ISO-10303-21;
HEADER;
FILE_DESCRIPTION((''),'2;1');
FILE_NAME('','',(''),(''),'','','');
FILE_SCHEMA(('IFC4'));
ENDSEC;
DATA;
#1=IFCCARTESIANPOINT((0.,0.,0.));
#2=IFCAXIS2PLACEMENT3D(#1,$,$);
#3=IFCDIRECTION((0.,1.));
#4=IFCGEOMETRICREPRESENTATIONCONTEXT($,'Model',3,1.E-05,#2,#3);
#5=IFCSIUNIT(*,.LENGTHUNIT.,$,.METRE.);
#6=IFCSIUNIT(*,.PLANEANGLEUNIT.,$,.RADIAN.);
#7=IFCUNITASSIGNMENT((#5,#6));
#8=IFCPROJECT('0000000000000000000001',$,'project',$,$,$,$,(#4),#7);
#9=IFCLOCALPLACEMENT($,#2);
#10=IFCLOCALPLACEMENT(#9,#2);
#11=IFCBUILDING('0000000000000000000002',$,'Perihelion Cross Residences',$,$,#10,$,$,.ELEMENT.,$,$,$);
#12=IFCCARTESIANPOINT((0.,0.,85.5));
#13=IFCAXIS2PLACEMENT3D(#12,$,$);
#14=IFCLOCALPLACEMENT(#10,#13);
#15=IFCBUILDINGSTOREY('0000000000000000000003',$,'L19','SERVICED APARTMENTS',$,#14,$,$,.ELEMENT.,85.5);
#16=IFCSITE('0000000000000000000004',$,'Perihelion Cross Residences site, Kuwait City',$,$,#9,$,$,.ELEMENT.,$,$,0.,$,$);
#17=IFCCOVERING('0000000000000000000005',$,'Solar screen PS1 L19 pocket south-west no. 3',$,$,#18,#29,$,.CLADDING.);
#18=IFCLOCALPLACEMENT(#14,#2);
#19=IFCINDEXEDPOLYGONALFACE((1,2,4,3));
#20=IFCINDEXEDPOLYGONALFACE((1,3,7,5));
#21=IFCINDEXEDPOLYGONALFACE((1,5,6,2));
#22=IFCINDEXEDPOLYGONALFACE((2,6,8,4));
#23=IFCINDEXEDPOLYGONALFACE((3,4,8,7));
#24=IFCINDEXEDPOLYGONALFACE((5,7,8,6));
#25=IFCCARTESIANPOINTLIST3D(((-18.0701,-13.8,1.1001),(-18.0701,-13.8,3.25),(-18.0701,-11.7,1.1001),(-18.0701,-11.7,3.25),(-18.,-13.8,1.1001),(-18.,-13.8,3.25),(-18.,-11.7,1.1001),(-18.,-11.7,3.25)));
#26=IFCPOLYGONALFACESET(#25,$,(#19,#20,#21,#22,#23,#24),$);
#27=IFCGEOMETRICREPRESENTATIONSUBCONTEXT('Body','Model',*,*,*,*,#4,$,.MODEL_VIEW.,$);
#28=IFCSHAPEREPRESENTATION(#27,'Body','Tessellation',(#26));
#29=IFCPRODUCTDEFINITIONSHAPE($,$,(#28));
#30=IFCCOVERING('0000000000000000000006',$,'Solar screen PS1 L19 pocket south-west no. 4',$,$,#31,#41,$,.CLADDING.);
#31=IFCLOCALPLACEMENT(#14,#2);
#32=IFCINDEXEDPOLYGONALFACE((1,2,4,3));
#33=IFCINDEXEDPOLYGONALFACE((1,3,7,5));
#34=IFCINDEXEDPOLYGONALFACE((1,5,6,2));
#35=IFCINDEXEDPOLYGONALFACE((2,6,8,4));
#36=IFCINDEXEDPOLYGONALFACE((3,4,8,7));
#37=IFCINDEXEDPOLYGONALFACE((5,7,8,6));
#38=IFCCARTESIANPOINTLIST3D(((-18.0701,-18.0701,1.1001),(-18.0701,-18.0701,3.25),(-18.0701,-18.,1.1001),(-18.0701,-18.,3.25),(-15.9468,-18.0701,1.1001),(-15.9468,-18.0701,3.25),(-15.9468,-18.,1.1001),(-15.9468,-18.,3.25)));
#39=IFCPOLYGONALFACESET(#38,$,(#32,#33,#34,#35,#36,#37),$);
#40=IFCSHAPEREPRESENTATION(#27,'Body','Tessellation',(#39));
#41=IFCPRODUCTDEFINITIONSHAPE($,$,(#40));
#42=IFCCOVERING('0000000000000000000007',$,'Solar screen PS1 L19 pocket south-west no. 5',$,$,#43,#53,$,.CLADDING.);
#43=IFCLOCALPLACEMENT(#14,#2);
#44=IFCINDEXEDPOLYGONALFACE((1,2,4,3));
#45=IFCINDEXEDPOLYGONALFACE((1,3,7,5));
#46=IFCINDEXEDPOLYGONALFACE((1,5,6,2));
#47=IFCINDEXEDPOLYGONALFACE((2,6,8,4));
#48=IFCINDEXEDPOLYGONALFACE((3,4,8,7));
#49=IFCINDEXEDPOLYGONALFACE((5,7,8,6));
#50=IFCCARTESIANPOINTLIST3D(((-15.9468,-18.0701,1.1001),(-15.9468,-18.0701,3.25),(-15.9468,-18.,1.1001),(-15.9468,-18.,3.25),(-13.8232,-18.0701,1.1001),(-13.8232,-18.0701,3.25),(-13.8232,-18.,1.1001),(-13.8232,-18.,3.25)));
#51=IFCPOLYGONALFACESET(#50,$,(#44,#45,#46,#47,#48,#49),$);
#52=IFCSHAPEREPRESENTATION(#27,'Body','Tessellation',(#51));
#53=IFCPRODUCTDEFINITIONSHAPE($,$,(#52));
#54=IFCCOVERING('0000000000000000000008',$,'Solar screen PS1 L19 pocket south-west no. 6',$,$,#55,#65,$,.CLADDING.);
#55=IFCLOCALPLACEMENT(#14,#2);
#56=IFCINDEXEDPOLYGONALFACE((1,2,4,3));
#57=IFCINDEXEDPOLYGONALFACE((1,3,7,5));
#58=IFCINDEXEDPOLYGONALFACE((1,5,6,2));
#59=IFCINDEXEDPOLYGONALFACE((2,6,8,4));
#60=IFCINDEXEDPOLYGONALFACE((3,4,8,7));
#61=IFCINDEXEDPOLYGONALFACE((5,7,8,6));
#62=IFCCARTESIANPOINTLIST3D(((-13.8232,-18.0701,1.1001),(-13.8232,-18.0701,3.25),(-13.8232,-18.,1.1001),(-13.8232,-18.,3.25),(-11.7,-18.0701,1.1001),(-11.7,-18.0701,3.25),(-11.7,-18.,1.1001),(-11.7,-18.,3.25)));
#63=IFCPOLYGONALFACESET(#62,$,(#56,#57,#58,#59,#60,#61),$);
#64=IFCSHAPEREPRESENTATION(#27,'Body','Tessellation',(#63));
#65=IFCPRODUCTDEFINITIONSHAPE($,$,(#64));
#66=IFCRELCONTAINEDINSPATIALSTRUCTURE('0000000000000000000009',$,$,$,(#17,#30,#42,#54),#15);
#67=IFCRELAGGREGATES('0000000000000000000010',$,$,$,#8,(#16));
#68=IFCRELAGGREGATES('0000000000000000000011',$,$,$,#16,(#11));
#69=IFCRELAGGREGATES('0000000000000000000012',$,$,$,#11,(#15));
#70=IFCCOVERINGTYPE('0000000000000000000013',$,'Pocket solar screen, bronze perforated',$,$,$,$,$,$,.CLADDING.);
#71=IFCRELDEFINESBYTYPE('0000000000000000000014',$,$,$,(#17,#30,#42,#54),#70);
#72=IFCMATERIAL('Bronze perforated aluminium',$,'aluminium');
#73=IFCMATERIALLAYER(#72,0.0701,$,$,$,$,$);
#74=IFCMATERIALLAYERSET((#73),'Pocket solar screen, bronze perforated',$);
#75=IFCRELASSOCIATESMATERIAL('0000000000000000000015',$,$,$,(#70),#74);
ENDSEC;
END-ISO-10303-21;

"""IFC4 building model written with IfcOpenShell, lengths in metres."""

from ifc_helpers import new_model, si_unit, direction, frame, origin, place, context, subcontext, project, spatial, polyline, outline, extrude, material, layer, layer_set, type_object, element, save


model = new_model("IFC4")

# Units and contexts
model_context = context("Model", 3, precision=1e-05, world=origin(), true_north=direction((0.0, 1.0)))
body_context = subcontext(model_context, "Body", "Model", "MODEL_VIEW")
ifc_project = project(units=[si_unit("LENGTHUNIT", "METRE"), si_unit("PLANEANGLEUNIT", "RADIAN")], contexts=[model_context])

# Site, building, storey
site_placement = place(None, origin())
site = spatial("IfcSite", under=ifc_project, at=site_placement, Name="Perihelion Cross Residences site, Kuwait City", CompositionType="ELEMENT", RefElevation=0.0)
building_placement = place(site_placement, origin())
building = spatial("IfcBuilding", under=site, at=building_placement, Name="Perihelion Cross Residences", CompositionType="ELEMENT")
storey_placement = place(building_placement, frame((0.0, 0.0, 85.5)))
storey = spatial("IfcBuildingStorey", under=building, at=storey_placement, Name="L19", Description="SERVICED APARTMENTS", CompositionType="ELEMENT", Elevation=85.5)

# Coverings
ifc_material_1 = material(Name="Bronze perforated aluminium", Category="aluminium")
ifc_layer_1 = layer(ifc_material_1, 0.0701)
ifc_layer_set_1 = layer_set([ifc_layer_1], Name="Pocket solar screen, bronze perforated")
covering_type_1 = type_object("IfcCoveringType", Name="Pocket solar screen, bronze perforated", PredefinedType="CLADDING", material=ifc_layer_set_1)
covering_1_placement = place(storey_placement, frame((0.0, 0.0, 1.1001)))
element("IfcCovering", 1, at=covering_1_placement, inside=storey, type_object=covering_type_1, Name="Solar screen PS1 L19 pocket south-west no. 3", PredefinedType="CLADDING", context=body_context, shape_type="SweptSolid", body=[
    extrude(outline(polyline([(-18.0, -13.8), (-18.0, -11.7), (-18.0701, -11.7), (-18.0701, -13.8), (-18.0, -13.8)])), origin(), (0.0, 0.0, 1.0), 2.1499),
])
covering_2_placement = place(storey_placement, frame((0.0, 0.0, 1.1001)))
element("IfcCovering", 2, at=covering_2_placement, inside=storey, type_object=covering_type_1, Name="Solar screen PS1 L19 pocket south-west no. 4", PredefinedType="CLADDING", context=body_context, shape_type="SweptSolid", body=[
    extrude(outline(polyline([(-15.9468, -18.0701), (-15.9468, -18.0), (-18.0701, -18.0), (-18.0701, -18.0701), (-15.9468, -18.0701)])), origin(), (0.0, 0.0, 1.0), 2.1499),
])
covering_3_placement = place(storey_placement, frame((0.0, 0.0, 1.1001)))
element("IfcCovering", 3, at=covering_3_placement, inside=storey, type_object=covering_type_1, Name="Solar screen PS1 L19 pocket south-west no. 5", PredefinedType="CLADDING", context=body_context, shape_type="SweptSolid", body=[
    extrude(outline(polyline([(-13.8232, -18.0701), (-13.8232, -18.0), (-15.9468, -18.0), (-15.9468, -18.0701), (-13.8232, -18.0701)])), origin(), (0.0, 0.0, 1.0), 2.1499),
])
covering_4_placement = place(storey_placement, frame((0.0, 0.0, 1.1001)))
element("IfcCovering", 4, at=covering_4_placement, inside=storey, type_object=covering_type_1, Name="Solar screen PS1 L19 pocket south-west no. 6", PredefinedType="CLADDING", context=body_context, shape_type="SweptSolid", body=[
    extrude(outline(polyline([(-11.7, -18.0701), (-11.7, -18.0), (-13.8232, -18.0), (-13.8232, -18.0701), (-11.7, -18.0701)])), origin(), (0.0, 0.0, 1.0), 2.1499),
])

save(model, "model.ifc")
